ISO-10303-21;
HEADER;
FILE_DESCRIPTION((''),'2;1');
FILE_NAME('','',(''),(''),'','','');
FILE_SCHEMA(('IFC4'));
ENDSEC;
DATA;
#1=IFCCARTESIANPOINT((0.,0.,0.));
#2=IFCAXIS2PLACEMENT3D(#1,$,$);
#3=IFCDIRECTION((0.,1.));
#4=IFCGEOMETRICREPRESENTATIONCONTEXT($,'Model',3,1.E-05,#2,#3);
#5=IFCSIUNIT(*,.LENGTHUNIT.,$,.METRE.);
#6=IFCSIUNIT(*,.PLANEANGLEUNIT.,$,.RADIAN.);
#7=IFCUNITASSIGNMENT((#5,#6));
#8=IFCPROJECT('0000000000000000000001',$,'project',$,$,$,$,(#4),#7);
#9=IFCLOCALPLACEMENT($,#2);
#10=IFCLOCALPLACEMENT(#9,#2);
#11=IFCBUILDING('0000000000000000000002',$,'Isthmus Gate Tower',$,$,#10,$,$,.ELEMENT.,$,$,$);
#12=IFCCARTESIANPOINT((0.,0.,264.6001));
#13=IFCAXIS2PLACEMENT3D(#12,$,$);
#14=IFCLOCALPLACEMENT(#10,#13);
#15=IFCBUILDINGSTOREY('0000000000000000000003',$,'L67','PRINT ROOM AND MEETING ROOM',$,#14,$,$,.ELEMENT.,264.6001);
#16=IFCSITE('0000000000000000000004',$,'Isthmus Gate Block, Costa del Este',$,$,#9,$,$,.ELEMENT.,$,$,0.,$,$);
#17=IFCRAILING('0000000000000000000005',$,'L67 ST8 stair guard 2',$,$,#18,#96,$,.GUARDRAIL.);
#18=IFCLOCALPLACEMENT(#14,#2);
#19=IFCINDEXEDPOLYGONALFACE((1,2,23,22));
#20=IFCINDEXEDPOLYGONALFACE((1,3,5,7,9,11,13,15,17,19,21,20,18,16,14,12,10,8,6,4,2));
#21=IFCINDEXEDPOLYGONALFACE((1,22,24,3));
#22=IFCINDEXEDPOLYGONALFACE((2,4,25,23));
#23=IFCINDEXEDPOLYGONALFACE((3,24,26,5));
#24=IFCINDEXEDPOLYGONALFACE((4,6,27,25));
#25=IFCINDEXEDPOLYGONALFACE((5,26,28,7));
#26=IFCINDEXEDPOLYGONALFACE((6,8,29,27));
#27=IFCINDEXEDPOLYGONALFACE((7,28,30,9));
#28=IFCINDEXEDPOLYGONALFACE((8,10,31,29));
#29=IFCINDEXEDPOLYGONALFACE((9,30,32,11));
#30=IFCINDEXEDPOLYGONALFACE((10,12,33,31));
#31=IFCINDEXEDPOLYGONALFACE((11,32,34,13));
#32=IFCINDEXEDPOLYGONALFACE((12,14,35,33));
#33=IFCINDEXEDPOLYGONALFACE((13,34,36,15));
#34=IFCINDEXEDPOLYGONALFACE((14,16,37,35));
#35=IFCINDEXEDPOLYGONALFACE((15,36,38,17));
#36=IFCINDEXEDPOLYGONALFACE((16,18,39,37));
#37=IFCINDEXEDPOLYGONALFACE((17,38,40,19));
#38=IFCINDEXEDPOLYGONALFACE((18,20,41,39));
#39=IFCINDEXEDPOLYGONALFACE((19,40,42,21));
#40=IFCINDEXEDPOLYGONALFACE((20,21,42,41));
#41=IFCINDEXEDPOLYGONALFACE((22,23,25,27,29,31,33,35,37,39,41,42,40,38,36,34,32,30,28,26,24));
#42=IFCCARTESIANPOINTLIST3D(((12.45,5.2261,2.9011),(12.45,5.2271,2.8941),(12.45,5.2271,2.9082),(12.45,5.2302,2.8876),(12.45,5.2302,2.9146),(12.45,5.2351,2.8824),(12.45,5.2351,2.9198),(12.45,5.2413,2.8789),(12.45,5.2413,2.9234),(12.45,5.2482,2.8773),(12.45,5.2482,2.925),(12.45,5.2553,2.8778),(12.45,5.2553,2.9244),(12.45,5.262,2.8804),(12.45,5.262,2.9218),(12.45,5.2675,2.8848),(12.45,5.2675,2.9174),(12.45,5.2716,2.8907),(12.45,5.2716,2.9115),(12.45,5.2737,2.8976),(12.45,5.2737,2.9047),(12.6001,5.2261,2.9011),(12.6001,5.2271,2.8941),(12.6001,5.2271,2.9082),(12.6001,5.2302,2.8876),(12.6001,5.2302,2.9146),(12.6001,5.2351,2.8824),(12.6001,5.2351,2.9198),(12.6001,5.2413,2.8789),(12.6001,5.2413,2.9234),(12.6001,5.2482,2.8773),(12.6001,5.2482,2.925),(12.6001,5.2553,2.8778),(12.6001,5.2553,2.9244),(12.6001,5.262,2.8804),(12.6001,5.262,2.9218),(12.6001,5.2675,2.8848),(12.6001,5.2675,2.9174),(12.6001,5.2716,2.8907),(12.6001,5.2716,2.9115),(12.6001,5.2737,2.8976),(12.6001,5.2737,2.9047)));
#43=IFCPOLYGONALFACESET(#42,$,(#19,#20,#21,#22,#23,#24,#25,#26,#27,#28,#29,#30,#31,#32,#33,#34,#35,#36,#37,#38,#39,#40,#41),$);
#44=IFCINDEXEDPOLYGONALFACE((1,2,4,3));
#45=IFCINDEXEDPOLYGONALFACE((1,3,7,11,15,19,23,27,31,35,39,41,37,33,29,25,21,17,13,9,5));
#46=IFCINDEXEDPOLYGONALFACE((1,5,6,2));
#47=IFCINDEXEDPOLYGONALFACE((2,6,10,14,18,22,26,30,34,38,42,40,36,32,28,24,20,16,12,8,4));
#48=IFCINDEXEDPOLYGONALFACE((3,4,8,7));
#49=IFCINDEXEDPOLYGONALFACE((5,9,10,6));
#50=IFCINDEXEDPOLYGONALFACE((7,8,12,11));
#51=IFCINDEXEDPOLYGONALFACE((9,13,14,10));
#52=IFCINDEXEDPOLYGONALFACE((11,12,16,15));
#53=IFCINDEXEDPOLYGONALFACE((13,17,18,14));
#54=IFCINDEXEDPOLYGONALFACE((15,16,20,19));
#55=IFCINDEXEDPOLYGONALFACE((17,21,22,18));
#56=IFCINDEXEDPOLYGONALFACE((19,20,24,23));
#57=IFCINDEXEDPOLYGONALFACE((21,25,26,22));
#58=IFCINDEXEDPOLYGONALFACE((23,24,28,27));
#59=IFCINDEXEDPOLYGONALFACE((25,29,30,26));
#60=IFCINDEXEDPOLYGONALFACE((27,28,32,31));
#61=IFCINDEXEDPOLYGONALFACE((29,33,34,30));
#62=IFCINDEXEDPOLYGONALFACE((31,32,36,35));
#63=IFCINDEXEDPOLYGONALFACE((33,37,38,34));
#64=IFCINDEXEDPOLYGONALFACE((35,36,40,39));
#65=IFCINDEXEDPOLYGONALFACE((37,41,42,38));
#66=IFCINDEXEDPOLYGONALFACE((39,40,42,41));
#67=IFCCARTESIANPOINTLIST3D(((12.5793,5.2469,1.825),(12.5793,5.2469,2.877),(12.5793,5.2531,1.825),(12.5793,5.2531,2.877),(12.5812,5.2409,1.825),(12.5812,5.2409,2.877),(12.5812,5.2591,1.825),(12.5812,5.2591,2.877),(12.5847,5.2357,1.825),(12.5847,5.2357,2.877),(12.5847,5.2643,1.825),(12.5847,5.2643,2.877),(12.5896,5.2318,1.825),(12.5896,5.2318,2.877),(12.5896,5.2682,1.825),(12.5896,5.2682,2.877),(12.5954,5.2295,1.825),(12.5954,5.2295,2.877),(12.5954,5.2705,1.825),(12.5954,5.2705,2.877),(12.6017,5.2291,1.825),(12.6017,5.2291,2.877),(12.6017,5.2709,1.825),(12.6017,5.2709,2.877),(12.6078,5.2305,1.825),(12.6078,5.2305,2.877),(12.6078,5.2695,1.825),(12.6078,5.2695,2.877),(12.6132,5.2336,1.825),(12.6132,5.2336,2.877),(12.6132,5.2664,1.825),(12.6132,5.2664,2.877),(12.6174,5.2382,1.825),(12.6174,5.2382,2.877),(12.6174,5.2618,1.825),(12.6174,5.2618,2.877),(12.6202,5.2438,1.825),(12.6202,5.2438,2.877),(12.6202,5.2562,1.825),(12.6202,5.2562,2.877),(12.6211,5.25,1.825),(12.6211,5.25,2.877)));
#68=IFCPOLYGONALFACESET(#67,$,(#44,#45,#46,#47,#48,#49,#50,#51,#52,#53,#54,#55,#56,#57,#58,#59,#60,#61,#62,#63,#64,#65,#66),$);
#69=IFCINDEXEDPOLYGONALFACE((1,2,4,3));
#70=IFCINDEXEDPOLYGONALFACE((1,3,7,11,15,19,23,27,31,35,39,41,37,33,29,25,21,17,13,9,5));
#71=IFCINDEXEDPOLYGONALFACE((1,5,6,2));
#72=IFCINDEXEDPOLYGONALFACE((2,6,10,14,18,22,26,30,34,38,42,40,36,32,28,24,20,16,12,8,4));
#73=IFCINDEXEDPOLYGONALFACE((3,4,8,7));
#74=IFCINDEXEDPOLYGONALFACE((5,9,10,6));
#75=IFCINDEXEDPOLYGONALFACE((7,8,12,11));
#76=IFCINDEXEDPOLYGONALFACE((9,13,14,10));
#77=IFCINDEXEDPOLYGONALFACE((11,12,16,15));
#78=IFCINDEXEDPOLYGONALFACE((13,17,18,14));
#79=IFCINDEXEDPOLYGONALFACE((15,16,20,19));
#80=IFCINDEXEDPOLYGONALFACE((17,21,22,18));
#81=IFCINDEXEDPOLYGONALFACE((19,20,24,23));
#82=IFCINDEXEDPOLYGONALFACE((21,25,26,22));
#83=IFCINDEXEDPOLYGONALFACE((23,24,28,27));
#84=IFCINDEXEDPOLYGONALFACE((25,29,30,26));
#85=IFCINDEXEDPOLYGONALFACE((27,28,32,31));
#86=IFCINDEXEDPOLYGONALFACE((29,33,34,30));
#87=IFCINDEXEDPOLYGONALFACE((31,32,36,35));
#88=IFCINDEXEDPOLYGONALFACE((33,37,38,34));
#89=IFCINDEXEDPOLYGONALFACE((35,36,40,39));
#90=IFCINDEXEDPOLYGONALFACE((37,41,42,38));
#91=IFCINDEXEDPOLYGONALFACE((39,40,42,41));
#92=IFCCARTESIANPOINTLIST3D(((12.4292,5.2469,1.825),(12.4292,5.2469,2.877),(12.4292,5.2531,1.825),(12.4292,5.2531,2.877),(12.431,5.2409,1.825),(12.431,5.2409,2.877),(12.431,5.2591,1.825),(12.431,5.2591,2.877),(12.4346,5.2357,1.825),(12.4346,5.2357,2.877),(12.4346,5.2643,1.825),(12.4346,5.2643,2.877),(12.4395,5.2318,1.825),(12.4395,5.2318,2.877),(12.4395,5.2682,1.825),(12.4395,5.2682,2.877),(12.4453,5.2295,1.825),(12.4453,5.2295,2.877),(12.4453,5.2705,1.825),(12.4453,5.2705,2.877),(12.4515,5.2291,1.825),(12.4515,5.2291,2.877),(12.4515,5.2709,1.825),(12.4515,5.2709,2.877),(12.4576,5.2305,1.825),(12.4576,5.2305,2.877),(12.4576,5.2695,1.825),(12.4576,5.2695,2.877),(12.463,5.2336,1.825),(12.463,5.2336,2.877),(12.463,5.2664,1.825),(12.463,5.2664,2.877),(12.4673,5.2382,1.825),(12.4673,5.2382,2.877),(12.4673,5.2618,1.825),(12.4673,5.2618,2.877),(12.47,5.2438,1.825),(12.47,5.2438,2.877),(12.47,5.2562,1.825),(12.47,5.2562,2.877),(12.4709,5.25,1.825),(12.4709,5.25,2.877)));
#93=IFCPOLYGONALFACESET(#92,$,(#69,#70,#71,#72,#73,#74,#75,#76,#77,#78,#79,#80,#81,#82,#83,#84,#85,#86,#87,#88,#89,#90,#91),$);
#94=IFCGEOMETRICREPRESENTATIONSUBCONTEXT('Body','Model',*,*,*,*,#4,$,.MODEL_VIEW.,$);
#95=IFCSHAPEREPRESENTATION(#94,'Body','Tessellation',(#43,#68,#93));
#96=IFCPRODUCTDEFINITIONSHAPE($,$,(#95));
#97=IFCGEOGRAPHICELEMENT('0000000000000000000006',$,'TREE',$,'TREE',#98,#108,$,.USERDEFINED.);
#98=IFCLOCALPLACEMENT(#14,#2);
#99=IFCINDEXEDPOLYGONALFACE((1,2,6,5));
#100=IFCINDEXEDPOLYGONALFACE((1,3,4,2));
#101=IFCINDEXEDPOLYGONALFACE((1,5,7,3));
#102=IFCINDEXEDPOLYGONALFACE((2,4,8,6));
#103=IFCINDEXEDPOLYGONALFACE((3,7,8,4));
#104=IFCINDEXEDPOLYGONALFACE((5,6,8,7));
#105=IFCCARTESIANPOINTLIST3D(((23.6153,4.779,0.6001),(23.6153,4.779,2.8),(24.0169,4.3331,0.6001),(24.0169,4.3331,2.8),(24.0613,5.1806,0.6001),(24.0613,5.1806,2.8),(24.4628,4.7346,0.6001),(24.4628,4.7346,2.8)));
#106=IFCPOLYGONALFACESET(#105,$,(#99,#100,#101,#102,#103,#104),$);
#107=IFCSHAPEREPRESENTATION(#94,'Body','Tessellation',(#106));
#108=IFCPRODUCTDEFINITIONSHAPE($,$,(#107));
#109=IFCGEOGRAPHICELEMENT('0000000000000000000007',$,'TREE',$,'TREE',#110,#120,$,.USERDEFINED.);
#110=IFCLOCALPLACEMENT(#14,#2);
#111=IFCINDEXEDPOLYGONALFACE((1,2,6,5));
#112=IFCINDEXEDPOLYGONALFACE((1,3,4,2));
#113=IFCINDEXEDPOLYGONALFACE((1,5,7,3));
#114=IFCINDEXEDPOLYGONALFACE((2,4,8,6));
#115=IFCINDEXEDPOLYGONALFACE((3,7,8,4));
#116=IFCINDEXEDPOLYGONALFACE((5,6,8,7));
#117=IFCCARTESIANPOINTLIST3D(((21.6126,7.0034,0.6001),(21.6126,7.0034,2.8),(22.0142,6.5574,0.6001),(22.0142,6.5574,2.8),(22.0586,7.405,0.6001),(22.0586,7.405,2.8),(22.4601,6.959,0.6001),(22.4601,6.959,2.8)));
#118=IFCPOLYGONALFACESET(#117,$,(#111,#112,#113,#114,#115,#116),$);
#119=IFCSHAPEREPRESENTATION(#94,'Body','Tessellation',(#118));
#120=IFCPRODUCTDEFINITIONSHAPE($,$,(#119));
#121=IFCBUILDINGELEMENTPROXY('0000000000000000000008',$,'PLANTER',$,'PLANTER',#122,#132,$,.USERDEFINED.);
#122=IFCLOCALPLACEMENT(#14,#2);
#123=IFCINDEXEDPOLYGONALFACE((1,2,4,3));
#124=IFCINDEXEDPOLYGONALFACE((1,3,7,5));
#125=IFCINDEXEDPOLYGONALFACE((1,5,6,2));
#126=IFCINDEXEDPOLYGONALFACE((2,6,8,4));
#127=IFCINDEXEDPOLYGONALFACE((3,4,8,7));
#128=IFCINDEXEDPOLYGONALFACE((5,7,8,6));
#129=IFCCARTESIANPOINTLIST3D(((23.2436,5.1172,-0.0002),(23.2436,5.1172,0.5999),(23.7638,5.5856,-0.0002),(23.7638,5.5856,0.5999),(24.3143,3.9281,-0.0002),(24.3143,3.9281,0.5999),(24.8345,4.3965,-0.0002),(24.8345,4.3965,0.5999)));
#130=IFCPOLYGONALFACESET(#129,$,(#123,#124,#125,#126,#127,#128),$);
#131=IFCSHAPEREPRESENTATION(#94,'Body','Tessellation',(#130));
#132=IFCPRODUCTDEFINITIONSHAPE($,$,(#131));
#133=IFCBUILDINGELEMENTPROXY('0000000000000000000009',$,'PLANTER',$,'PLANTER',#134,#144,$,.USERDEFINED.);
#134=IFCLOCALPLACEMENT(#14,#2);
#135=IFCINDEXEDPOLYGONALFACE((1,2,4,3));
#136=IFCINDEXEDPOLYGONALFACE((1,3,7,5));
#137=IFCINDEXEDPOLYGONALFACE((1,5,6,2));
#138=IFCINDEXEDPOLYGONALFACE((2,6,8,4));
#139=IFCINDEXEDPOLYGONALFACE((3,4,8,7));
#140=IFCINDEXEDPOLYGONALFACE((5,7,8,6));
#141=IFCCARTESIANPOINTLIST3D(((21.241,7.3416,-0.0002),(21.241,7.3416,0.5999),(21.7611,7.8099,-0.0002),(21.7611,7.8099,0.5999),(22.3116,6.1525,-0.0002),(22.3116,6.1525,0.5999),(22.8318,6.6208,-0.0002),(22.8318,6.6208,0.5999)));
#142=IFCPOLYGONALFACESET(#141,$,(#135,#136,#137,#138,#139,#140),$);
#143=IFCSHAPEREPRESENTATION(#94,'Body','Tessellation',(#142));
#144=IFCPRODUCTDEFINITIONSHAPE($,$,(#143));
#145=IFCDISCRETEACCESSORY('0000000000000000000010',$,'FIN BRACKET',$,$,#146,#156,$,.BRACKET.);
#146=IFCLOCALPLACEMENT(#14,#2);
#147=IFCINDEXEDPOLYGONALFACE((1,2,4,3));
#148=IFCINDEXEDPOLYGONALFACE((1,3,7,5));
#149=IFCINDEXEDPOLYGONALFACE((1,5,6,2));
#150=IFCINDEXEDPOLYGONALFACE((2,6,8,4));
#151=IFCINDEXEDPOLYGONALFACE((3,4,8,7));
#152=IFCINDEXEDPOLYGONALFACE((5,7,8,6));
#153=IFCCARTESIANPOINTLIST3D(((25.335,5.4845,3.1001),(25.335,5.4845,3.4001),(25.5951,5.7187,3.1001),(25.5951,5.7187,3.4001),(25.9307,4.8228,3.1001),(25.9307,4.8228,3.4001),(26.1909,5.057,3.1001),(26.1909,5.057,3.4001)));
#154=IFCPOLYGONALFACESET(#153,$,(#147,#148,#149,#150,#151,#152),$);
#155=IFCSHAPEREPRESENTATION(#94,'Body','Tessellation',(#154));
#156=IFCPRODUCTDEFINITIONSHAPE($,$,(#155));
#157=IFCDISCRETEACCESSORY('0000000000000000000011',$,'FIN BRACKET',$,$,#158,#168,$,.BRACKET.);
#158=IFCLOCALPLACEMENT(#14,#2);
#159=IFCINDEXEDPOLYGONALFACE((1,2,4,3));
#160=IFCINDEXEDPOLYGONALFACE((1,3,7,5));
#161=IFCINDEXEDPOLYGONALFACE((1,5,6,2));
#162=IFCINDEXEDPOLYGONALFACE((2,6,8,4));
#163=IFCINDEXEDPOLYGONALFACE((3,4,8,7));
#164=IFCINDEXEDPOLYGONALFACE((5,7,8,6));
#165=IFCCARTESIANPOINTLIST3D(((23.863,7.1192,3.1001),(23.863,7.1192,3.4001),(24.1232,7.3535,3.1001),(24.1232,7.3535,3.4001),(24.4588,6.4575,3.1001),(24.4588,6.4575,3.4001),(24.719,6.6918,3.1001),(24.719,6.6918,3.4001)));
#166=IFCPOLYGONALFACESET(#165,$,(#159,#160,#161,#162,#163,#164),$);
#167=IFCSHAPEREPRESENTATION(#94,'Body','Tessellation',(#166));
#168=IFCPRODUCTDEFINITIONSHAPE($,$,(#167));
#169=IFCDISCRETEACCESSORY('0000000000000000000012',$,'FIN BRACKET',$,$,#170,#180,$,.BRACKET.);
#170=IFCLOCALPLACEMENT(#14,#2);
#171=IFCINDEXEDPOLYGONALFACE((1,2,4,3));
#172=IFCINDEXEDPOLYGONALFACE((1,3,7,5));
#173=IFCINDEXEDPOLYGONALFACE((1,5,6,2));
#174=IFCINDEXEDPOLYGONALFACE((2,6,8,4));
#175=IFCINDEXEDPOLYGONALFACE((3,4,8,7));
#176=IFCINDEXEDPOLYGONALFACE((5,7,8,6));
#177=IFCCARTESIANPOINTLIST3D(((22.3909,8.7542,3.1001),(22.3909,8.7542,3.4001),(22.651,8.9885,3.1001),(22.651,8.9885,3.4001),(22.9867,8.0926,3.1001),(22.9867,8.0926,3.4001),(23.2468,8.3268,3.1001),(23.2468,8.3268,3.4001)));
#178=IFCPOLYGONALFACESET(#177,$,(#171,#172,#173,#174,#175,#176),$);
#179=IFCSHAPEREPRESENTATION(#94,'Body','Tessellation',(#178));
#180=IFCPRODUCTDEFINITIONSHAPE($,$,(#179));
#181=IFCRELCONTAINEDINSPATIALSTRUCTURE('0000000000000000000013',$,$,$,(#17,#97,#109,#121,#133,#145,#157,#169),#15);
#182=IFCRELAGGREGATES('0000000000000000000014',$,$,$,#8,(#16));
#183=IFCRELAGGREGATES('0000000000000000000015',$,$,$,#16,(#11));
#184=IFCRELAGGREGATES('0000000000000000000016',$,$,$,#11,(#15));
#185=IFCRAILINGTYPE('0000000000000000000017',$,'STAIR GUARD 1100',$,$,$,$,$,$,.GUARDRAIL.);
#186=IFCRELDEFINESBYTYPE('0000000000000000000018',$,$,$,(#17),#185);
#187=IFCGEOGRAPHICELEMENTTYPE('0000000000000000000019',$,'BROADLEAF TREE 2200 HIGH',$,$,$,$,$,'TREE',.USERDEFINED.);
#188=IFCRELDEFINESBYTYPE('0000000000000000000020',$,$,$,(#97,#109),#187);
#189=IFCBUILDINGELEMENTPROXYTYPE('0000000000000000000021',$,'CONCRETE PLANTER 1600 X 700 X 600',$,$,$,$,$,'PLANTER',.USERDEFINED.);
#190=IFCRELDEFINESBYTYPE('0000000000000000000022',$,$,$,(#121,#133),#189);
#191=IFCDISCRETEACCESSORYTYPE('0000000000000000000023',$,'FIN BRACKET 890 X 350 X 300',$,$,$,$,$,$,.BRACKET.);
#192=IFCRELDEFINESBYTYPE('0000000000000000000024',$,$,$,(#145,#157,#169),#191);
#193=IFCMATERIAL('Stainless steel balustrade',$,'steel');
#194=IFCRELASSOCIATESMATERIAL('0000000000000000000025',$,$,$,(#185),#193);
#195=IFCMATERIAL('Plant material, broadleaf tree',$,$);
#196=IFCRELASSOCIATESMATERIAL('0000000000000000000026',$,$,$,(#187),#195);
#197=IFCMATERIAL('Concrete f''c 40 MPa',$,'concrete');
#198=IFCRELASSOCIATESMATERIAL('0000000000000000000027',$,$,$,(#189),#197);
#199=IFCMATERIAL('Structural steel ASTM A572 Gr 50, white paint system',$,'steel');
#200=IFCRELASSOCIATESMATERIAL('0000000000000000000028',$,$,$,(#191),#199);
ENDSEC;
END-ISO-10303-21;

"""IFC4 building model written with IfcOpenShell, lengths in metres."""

from ifc_helpers import new_model, si_unit, direction, frame, origin, origin_2d, place, context, subcontext, project, spatial, rectangle, circle, extrude, material, type_object, element, save


model = new_model("IFC4")

# Units and contexts
model_context = context("Model", 3, precision=1e-05, world=origin(), true_north=direction((0.0, 1.0)))
body_context = subcontext(model_context, "Body", "Model", "MODEL_VIEW")
ifc_project = project(units=[si_unit("LENGTHUNIT", "METRE"), si_unit("PLANEANGLEUNIT", "RADIAN")], contexts=[model_context])

# Site, building, storey
site_placement = place(None, origin())
site = spatial("IfcSite", under=ifc_project, at=site_placement, Name="Isthmus Gate Block, Costa del Este", CompositionType="ELEMENT", RefElevation=0.0)
building_placement = place(site_placement, origin())
building = spatial("IfcBuilding", under=site, at=building_placement, Name="Isthmus Gate Tower", CompositionType="ELEMENT")
storey_placement = place(building_placement, frame((0.0, 0.0, 264.6001)))
storey = spatial("IfcBuildingStorey", under=building, at=storey_placement, Name="L67", Description="PRINT ROOM AND MEETING ROOM", CompositionType="ELEMENT", Elevation=264.6001)

# Railing
ifc_material_1 = material(Name="Stainless steel balustrade", Category="steel")
railing_type_1 = type_object("IfcRailingType", Name="STAIR GUARD 1100", PredefinedType="GUARDRAIL", material=ifc_material_1)
railing_1_placement = place(storey_placement, frame((12.6001, 5.25, 1.825)))
element("IfcRailing", 1, at=railing_1_placement, inside=storey, type_object=railing_type_1, Name="L67 ST8 stair guard 2", PredefinedType="GUARDRAIL", context=body_context, shape_type="SweptSolid", body=[
    extrude(circle(Radius=0.0239, at=origin_2d()), frame((0.0, 0.0, 1.0762), z_axis=(-1.0, 0.0, 0.0), x_axis=(0.0, -1.0, 0.0)), (0.0, 0.0, 1.0), 0.1501),
    extrude(circle(Radius=0.021, at=origin_2d()), origin(), (0.0, 0.0, 1.0), 1.052),
    extrude(circle(Radius=0.021, at=origin_2d()), frame((-0.1501, 0.0, 0.0)), (0.0, 0.0, 1.0), 1.052),
])

# Geographic elements
ifc_material_2 = material(Name="Plant material, broadleaf tree")
geographic_element_type = type_object("IfcGeographicElementType", Name="BROADLEAF TREE 2200 HIGH", ElementType="TREE", PredefinedType="USERDEFINED", material=ifc_material_2)
for number, where, z_axis, x_axis, name in (
    (2, (24.0391, 4.7568, 0.6001), (0.0, 0.0, 1.0), (-0.669131, 0.743145, 0.0), "TREE"),
    (3, (22.0364, 6.9812, 0.6001), (0.0, 0.0, 1.0), (-0.669131, 0.743145, 0.0), "TREE"),
):
    element("IfcGeographicElement", number, at=place(storey_placement, frame(where, z_axis=z_axis, x_axis=x_axis)), inside=storey, type_object=geographic_element_type, Name=name, ObjectType="TREE", PredefinedType="USERDEFINED", context=body_context, shape_type="SweptSolid", body=[
        extrude(rectangle(XDim=0.6001, YDim=0.6001, at=origin_2d()), origin(), (0.0, 0.0, 1.0), 2.2),
    ])

# Building element proxies
ifc_material_3 = material(Name="Concrete f'c 40 MPa", Category="concrete")
building_element_proxy_type = type_object("IfcBuildingElementProxyType", Name="CONCRETE PLANTER 1600 X 700 X 600", ElementType="PLANTER", PredefinedType="USERDEFINED", material=ifc_material_3)
for number, where, z_axis, x_axis, name in (
    (4, (24.0391, 4.7568, -0.0002), (0.0, 0.0, 1.0), (-0.669131, 0.743145, 0.0), "PLANTER"),
    (5, (22.0364, 6.9812, -0.0002), (0.0, 0.0, 1.0), (-0.669131, 0.743145, 0.0), "PLANTER"),
):
    element("IfcBuildingElementProxy", number, at=place(storey_placement, frame(where, z_axis=z_axis, x_axis=x_axis)), inside=storey, type_object=building_element_proxy_type, Name=name, ObjectType="PLANTER", PredefinedType="USERDEFINED", context=body_context, shape_type="SweptSolid", body=[
        extrude(rectangle(XDim=1.6001, YDim=0.7, at=origin_2d()), origin(), (0.0, 0.0, 1.0), 0.6001),
    ])

# Discrete accessories
ifc_material_4 = material(Name="Structural steel ASTM A572 Gr 50, white paint system", Category="steel")
discrete_accessory_type = type_object("IfcDiscreteAccessoryType", Name="FIN BRACKET 890 X 350 X 300", PredefinedType="BRACKET", material=ifc_material_4)
for number, where, z_axis, x_axis, name in (
    (6, (25.7629, 5.2708, 3.1001), (0.0, 0.0, 1.0), (0.743145, 0.669131, 0.0), "FIN BRACKET"),
    (7, (24.291, 6.9055, 3.1001), (0.0, 0.0, 1.0), (0.743145, 0.669131, 0.0), "FIN BRACKET"),
    (8, (22.8188, 8.5405, 3.1001), (0.0, 0.0, 1.0), (0.743145, 0.669131, 0.0), "FIN BRACKET"),
):
    element("IfcDiscreteAccessory", number, at=place(storey_placement, frame(where, z_axis=z_axis, x_axis=x_axis)), inside=storey, type_object=discrete_accessory_type, Name=name, PredefinedType="BRACKET", context=body_context, shape_type="SweptSolid", body=[
        extrude(rectangle(XDim=0.3501, YDim=0.8904, at=origin_2d()), origin(), (0.0, 0.0, 1.0), 0.3),
    ])

save(model, "model.ifc")
